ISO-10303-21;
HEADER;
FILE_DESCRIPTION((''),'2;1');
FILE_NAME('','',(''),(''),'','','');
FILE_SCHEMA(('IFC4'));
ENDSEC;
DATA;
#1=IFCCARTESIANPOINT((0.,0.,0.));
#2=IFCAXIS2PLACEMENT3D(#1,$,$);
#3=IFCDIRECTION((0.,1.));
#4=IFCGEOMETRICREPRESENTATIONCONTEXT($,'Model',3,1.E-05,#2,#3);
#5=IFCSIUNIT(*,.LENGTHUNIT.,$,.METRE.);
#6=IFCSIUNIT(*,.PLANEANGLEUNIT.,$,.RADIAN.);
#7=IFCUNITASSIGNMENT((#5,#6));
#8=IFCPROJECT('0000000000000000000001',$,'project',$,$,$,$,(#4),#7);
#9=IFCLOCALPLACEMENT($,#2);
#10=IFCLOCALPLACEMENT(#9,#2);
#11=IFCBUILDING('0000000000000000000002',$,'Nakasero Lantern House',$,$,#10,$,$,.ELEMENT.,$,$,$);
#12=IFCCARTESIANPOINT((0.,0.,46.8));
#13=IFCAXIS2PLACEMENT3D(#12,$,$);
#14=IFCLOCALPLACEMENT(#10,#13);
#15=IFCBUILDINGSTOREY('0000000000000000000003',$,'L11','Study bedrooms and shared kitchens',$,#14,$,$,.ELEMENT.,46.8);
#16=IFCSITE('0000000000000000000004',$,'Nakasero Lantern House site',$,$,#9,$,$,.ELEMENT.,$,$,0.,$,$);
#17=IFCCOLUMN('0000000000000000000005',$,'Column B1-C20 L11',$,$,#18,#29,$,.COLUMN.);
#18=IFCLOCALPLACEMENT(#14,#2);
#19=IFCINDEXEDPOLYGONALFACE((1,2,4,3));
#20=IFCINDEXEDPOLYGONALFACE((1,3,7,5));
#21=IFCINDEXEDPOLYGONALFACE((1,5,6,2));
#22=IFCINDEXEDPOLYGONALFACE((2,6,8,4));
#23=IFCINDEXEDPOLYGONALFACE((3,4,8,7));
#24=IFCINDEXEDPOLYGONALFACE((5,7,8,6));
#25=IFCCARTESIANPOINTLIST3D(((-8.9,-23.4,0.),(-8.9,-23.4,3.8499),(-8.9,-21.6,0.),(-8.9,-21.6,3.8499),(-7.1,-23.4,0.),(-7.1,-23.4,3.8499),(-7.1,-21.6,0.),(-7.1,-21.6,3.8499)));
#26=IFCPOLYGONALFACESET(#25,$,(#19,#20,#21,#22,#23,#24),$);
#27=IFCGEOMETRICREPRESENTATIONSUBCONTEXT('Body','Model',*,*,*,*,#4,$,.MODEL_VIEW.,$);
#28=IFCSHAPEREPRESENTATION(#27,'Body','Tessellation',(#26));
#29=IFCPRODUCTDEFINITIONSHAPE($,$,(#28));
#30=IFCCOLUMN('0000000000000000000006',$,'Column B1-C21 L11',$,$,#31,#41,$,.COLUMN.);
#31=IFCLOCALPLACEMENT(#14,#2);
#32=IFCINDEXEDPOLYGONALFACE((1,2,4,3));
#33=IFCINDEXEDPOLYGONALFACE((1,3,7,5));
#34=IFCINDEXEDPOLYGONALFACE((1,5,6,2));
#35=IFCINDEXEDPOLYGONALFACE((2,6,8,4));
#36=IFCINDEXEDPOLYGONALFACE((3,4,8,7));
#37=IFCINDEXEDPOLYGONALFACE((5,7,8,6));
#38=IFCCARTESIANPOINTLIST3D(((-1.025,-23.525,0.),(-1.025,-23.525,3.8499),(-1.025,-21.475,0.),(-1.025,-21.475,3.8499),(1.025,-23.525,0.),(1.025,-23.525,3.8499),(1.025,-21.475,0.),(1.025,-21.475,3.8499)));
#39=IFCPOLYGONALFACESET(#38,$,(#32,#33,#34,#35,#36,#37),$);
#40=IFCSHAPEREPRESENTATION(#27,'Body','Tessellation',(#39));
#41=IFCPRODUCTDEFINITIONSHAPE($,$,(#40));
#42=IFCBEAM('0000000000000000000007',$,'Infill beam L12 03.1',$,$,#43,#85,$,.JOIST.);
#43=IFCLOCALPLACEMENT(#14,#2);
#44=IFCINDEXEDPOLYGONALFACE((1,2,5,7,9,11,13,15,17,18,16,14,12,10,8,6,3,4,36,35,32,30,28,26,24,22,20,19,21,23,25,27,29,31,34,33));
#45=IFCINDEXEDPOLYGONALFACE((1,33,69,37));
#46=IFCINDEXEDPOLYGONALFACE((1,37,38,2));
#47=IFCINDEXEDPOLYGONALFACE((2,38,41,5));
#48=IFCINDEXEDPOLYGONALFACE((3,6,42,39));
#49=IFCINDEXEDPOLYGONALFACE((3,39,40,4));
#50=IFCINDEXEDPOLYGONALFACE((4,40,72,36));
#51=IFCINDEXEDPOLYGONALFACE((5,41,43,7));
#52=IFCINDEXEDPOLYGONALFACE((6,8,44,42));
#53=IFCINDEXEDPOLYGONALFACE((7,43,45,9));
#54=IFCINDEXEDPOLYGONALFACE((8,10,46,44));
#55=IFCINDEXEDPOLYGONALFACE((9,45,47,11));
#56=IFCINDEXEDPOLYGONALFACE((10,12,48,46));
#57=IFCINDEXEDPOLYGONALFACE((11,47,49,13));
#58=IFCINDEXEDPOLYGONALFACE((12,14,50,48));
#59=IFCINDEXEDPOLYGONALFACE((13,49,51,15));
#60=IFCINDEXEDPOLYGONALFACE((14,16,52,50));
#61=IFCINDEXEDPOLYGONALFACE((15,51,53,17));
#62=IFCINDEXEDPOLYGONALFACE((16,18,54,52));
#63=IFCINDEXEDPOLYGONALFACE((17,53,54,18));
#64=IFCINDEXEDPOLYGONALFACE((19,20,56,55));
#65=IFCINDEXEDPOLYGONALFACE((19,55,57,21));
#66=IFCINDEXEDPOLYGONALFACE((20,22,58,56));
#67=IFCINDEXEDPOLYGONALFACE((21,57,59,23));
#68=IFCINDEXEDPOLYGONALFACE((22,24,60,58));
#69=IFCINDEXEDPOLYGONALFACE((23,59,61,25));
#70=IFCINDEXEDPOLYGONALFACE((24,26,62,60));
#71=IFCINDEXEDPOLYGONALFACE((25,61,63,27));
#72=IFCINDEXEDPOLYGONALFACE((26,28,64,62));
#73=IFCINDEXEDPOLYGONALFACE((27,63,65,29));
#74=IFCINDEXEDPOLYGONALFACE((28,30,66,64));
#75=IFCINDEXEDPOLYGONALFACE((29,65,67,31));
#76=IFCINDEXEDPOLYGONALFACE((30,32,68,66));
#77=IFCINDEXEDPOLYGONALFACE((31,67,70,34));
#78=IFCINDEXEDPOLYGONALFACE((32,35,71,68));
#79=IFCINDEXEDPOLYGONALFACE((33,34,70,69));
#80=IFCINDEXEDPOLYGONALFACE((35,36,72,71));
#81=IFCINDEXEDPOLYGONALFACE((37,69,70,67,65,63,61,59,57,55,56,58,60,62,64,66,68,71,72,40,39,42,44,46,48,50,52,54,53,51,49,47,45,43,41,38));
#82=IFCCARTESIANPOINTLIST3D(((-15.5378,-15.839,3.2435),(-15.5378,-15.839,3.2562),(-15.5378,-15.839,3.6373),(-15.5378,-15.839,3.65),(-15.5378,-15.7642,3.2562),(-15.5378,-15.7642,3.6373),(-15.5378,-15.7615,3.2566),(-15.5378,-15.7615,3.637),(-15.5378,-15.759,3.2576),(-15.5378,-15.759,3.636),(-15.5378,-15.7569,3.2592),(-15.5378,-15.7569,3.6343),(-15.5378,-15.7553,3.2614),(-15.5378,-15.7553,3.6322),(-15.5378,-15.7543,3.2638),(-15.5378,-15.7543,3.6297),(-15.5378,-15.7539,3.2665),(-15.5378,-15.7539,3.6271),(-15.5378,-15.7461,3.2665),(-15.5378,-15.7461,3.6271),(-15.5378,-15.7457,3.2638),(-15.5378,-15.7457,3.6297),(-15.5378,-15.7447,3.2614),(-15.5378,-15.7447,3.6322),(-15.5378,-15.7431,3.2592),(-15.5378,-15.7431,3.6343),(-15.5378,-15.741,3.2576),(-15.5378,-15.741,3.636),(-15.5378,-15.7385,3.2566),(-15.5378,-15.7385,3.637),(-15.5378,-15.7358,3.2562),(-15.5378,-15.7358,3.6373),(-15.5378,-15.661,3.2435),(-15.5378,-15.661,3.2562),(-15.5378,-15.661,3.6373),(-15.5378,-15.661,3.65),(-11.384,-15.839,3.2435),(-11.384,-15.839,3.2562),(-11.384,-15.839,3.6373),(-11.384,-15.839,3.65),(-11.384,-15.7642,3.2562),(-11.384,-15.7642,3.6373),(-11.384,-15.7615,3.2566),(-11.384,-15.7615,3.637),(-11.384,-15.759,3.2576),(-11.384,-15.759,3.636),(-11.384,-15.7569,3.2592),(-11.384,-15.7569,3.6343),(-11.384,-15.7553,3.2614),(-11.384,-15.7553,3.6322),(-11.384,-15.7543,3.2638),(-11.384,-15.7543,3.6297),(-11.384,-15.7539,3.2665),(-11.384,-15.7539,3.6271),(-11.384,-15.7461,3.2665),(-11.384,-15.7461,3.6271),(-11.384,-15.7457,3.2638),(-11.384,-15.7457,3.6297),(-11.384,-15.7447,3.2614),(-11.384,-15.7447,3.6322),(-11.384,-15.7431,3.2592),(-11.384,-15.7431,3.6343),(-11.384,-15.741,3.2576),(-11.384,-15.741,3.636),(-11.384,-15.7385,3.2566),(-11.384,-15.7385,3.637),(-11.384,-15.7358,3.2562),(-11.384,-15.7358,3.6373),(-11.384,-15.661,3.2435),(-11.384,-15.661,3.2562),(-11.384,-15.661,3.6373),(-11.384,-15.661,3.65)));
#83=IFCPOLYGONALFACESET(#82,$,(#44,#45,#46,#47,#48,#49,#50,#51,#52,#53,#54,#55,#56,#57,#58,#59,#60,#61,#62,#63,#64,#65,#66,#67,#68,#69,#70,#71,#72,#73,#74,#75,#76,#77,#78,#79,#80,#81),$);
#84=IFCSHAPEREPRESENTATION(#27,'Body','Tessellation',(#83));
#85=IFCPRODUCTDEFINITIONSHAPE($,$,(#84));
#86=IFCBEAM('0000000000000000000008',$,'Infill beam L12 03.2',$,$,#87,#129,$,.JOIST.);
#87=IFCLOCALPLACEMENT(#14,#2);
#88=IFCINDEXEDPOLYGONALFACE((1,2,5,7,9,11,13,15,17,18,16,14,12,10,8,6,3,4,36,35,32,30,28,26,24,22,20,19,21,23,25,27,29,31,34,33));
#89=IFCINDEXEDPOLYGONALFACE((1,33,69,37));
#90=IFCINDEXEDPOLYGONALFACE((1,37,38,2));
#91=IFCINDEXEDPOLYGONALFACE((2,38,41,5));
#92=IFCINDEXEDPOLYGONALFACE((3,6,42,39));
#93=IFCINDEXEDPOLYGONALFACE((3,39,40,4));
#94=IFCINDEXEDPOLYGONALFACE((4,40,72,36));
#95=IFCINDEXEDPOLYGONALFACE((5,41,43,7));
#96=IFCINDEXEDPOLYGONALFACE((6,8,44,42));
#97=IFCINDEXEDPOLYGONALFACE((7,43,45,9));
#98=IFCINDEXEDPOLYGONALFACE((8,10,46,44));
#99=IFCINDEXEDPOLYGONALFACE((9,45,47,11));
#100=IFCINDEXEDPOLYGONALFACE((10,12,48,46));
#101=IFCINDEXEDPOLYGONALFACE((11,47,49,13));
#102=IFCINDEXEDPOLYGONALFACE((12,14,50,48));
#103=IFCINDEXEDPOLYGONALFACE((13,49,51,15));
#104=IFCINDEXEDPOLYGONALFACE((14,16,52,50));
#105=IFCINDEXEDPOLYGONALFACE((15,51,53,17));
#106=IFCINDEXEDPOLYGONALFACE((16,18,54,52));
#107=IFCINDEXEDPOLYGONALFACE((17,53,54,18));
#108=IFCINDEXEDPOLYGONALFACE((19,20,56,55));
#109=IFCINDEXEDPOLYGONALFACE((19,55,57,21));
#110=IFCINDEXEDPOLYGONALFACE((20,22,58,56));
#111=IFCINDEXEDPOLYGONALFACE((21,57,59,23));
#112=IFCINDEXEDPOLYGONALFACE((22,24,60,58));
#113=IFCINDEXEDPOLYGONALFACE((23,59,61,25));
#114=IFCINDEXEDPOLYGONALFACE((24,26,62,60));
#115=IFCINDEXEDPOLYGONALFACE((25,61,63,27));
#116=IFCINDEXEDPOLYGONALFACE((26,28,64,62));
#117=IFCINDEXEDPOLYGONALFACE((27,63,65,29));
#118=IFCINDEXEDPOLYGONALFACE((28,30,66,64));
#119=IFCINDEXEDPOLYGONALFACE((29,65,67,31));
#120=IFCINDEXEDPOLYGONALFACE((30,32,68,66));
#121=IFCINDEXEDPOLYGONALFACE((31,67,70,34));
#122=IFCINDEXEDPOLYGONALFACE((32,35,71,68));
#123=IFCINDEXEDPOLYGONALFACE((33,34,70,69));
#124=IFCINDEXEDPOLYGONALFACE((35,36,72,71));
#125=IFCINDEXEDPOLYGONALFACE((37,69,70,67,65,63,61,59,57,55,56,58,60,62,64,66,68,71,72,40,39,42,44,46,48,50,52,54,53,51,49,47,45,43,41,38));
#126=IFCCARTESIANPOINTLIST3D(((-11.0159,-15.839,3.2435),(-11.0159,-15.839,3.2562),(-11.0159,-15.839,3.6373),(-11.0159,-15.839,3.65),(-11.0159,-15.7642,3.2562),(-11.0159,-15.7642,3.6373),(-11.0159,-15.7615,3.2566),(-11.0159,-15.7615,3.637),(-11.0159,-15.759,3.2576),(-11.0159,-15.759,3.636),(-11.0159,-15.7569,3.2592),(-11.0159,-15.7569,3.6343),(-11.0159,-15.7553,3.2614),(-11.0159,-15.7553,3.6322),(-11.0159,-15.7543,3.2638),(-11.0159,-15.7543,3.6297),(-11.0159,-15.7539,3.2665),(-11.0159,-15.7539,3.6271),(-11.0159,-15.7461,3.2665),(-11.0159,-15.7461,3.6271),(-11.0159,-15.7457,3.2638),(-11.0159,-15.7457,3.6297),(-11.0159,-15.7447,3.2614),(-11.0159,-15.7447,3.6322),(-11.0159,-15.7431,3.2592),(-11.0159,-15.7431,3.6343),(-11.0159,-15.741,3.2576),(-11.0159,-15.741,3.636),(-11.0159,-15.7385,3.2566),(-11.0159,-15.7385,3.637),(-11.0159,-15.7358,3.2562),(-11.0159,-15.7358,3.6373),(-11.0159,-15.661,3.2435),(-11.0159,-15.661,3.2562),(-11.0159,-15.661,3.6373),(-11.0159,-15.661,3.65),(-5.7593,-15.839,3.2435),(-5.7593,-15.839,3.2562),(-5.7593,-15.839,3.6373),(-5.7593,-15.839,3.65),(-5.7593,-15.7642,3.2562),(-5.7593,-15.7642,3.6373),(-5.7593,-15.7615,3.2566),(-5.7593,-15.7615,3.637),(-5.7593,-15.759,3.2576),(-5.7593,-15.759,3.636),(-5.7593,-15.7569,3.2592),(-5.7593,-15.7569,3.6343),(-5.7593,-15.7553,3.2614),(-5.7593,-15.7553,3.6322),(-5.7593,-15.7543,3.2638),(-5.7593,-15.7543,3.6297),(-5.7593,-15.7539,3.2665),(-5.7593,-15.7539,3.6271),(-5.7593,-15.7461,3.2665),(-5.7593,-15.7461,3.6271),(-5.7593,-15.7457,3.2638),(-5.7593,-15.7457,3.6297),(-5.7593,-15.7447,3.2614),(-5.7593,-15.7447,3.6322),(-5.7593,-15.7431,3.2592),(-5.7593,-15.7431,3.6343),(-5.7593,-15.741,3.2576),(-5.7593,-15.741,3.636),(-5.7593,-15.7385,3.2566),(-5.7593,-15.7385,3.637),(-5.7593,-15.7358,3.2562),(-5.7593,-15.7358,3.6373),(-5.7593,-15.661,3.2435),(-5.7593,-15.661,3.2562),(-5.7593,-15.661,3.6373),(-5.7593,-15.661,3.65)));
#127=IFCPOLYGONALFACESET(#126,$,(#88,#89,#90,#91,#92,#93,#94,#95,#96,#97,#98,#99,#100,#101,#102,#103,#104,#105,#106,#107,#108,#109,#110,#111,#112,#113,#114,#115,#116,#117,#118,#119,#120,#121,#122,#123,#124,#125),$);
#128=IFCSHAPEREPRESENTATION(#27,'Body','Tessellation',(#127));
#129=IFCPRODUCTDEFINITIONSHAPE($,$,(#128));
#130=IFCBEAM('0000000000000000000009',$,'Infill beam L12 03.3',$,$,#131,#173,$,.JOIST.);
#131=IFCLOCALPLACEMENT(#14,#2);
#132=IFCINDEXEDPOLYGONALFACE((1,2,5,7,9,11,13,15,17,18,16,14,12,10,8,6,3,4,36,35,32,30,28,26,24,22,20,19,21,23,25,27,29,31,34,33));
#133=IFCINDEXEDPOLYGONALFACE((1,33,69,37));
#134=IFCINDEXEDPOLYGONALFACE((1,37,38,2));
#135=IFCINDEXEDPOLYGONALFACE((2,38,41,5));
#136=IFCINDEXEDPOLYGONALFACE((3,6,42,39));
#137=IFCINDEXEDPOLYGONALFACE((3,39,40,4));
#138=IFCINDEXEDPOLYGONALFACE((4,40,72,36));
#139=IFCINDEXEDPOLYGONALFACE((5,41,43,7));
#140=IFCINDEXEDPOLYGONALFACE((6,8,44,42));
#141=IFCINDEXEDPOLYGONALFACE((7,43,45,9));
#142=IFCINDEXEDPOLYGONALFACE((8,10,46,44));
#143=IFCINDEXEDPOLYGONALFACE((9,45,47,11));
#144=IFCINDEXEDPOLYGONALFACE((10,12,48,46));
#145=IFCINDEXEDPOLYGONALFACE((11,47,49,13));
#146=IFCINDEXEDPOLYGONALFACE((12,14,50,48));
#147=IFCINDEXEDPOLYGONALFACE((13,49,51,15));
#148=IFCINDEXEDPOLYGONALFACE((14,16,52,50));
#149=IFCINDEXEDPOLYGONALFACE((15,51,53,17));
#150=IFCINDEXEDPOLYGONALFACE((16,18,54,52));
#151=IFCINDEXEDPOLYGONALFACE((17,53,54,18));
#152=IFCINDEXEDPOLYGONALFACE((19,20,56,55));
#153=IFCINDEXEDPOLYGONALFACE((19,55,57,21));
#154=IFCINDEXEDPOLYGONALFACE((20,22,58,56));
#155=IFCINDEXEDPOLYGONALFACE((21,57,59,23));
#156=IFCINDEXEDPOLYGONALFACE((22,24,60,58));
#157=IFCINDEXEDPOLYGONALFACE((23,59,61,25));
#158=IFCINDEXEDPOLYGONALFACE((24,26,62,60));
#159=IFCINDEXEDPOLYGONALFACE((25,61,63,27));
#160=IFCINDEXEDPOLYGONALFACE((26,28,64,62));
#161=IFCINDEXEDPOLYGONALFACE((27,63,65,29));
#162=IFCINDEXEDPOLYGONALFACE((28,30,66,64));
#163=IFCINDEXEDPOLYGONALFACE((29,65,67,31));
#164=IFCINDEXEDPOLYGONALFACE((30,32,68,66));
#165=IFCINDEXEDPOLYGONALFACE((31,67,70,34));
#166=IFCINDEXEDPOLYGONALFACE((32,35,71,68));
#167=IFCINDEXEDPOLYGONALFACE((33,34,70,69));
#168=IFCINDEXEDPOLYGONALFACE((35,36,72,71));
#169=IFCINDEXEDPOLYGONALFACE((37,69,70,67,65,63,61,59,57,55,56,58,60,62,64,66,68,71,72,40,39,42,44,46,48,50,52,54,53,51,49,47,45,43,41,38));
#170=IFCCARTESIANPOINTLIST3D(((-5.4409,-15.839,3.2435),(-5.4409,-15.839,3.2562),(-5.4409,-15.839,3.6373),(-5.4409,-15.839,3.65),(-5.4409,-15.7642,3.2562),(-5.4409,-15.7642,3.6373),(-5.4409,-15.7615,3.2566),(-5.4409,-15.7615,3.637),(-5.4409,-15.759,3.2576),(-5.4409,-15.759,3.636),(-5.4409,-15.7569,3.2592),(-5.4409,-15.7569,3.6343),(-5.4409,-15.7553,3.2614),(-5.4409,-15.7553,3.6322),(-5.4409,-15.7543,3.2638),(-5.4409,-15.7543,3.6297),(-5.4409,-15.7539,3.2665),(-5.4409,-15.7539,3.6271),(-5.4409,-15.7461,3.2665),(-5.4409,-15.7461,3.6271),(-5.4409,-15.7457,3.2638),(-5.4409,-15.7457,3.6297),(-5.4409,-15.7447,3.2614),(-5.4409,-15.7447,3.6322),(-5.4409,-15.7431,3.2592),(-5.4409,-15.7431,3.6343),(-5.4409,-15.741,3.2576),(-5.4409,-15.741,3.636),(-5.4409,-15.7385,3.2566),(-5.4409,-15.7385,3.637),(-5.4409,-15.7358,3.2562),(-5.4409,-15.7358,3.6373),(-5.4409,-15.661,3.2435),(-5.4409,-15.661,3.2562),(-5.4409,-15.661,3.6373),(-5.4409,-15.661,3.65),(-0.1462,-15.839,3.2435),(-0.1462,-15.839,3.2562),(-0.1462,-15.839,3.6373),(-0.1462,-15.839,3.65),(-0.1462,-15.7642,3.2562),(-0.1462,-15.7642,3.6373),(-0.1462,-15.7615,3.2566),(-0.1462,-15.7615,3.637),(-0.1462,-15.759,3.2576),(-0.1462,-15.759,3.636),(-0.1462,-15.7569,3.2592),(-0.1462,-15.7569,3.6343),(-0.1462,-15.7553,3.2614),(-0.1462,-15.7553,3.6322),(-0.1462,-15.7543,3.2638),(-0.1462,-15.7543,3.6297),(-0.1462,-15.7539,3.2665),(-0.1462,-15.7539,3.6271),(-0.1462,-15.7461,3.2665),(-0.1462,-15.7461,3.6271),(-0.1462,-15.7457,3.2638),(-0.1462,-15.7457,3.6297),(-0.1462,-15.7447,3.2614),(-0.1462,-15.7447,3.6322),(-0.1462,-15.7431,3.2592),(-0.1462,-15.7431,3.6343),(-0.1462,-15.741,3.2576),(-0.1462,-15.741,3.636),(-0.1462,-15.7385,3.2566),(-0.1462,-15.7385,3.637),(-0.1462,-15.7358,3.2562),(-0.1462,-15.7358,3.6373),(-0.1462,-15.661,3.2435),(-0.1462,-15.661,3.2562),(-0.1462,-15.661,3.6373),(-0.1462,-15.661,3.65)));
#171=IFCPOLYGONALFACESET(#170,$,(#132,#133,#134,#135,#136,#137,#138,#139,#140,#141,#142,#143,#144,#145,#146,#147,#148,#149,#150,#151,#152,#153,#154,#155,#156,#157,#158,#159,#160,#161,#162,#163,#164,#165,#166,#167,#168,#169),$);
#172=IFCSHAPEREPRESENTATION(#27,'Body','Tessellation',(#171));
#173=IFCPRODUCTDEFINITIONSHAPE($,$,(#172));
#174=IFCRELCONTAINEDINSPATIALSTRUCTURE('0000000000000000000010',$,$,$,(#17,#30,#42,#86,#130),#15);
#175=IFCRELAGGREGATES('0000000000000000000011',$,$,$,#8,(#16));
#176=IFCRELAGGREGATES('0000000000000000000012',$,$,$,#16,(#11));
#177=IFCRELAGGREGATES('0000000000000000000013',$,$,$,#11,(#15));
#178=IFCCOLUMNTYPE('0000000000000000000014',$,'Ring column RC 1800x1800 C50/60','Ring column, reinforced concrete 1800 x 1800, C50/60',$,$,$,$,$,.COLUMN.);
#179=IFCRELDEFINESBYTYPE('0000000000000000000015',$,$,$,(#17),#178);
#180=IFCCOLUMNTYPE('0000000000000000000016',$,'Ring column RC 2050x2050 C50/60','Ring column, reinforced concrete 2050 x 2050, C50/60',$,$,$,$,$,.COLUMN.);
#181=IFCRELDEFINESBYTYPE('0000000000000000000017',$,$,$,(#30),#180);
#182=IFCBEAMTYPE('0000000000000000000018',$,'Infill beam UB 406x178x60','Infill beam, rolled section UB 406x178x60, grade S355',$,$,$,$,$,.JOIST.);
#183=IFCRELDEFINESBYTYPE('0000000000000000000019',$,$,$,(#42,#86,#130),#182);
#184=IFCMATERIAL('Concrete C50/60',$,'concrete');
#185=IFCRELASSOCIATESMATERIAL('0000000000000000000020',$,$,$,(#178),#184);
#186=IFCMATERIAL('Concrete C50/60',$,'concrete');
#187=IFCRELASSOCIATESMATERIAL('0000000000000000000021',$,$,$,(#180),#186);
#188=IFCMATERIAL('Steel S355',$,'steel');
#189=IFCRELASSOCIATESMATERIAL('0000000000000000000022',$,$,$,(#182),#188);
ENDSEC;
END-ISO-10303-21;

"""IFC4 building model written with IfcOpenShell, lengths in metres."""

from ifc_helpers import new_model, si_unit, direction, frame, origin, origin_2d, place, context, subcontext, project, spatial, rectangle, i_section, extrude, material, material_profile, profile_set, type_object, element, save


model = new_model("IFC4")

# Units and contexts
model_context = context("Model", 3, precision=1e-05, world=origin(), true_north=direction((0.0, 1.0)))
body_context = subcontext(model_context, "Body", "Model", "MODEL_VIEW")
ifc_project = project(units=[si_unit("LENGTHUNIT", "METRE"), si_unit("PLANEANGLEUNIT", "RADIAN")], contexts=[model_context])

# Site, building, storey
site_placement = place(None, origin())
site = spatial("IfcSite", under=ifc_project, at=site_placement, Name="Nakasero Lantern House site", CompositionType="ELEMENT", RefElevation=0.0)
building_placement = place(site_placement, origin())
building = spatial("IfcBuilding", under=site, at=building_placement, Name="Nakasero Lantern House", CompositionType="ELEMENT")
storey_placement = place(building_placement, frame((0.0, 0.0, 46.8)))
storey = spatial("IfcBuildingStorey", under=building, at=storey_placement, Name="L11", Description="Study bedrooms and shared kitchens", CompositionType="ELEMENT", Elevation=46.8)

# Columns
ifc_material_1 = material(Name="Concrete C50/60", Category="concrete")
ifc_material_profile_1 = material_profile(ifc_material_1, rectangle(XDim=1.8, YDim=1.8, at=origin_2d()), Name="RC 1800x1800")
ifc_profile_set_1 = profile_set([ifc_material_profile_1], Name="Concrete C50/60")
column_type_1 = type_object("IfcColumnType", Name="Ring column RC 1800x1800 C50/60", Description="Ring column, reinforced concrete 1800 x 1800, C50/60", PredefinedType="COLUMN", material=ifc_profile_set_1)
column_1_placement = place(storey_placement, frame((-8.0, -22.5, 0.0), z_axis=(0.0, 0.0, 1.0), x_axis=(1.0, 0.0, 0.0)))
element("IfcColumn", 1, at=column_1_placement, inside=storey, type_object=column_type_1, Name="Column B1-C20 L11", PredefinedType="COLUMN", context=body_context, shape_type="SweptSolid", body=[
    extrude(rectangle(XDim=1.8, YDim=1.8, at=origin_2d()), origin(), (0.0, 0.0, 1.0), 3.8499),
])
ifc_material_2 = material(Name="Concrete C50/60", Category="concrete")
ifc_material_profile_2 = material_profile(ifc_material_2, rectangle(XDim=2.05, YDim=2.05, at=origin_2d()), Name="RC 2050x2050")
ifc_profile_set_2 = profile_set([ifc_material_profile_2], Name="Concrete C50/60")
column_type_2 = type_object("IfcColumnType", Name="Ring column RC 2050x2050 C50/60", Description="Ring column, reinforced concrete 2050 x 2050, C50/60", PredefinedType="COLUMN", material=ifc_profile_set_2)
column_2_placement = place(storey_placement, frame((0.0, -22.5, 0.0), z_axis=(0.0, 0.0, 1.0), x_axis=(1.0, 0.0, 0.0)))
element("IfcColumn", 2, at=column_2_placement, inside=storey, type_object=column_type_2, Name="Column B1-C21 L11", PredefinedType="COLUMN", context=body_context, shape_type="SweptSolid", body=[
    extrude(rectangle(XDim=2.05, YDim=2.05, at=origin_2d()), origin(), (0.0, 0.0, 1.0), 3.8499),
])

# Beams
ifc_material_3 = material(Name="Steel S355", Category="steel")
ifc_material_profile_3 = material_profile(ifc_material_3, i_section(OverallWidth=0.178, OverallDepth=0.4065, WebThickness=0.0078, FlangeThickness=0.0127, FilletRadius=0.0103, at=origin_2d()), Name="UB 406x178x60")
ifc_profile_set_3 = profile_set([ifc_material_profile_3], Name="Steel S355")
beam_type_1 = type_object("IfcBeamType", Name="Infill beam UB 406x178x60", Description="Infill beam, rolled section UB 406x178x60, grade S355", PredefinedType="JOIST", material=ifc_profile_set_3)
beam_1_placement = place(storey_placement, frame((-15.5378, -15.75, 3.4468), z_axis=(1.0, 0.0, 0.0), x_axis=(0.0, 1.0, 0.0)))
element("IfcBeam", 3, at=beam_1_placement, inside=storey, type_object=beam_type_1, Name="Infill beam L12 03.1", PredefinedType="JOIST", context=body_context, shape_type="SweptSolid", body=[
    extrude(i_section(OverallWidth=0.178, OverallDepth=0.4065, WebThickness=0.0078, FlangeThickness=0.0127, FilletRadius=0.0103, at=origin_2d()), origin(), (0.0, 0.0, 1.0), 4.1538),
])
beam_2_placement = place(storey_placement, frame((-11.0159, -15.75, 3.4468), z_axis=(1.0, 0.0, 0.0), x_axis=(0.0, 1.0, 0.0)))
element("IfcBeam", 4, at=beam_2_placement, inside=storey, type_object=beam_type_1, Name="Infill beam L12 03.2", PredefinedType="JOIST", context=body_context, shape_type="SweptSolid", body=[
    extrude(i_section(OverallWidth=0.178, OverallDepth=0.4065, WebThickness=0.0078, FlangeThickness=0.0127, FilletRadius=0.0103, at=origin_2d()), origin(), (0.0, 0.0, 1.0), 5.2566),
])
beam_3_placement = place(storey_placement, frame((-5.4409, -15.75, 3.4468), z_axis=(1.0, 0.0, 0.0), x_axis=(0.0, 1.0, 0.0)))
element("IfcBeam", 5, at=beam_3_placement, inside=storey, type_object=beam_type_1, Name="Infill beam L12 03.3", PredefinedType="JOIST", context=body_context, shape_type="SweptSolid", body=[
    extrude(i_section(OverallWidth=0.178, OverallDepth=0.4065, WebThickness=0.0078, FlangeThickness=0.0127, FilletRadius=0.0103, at=origin_2d()), origin(), (0.0, 0.0, 1.0), 5.2947),
])

save(model, "model.ifc")
